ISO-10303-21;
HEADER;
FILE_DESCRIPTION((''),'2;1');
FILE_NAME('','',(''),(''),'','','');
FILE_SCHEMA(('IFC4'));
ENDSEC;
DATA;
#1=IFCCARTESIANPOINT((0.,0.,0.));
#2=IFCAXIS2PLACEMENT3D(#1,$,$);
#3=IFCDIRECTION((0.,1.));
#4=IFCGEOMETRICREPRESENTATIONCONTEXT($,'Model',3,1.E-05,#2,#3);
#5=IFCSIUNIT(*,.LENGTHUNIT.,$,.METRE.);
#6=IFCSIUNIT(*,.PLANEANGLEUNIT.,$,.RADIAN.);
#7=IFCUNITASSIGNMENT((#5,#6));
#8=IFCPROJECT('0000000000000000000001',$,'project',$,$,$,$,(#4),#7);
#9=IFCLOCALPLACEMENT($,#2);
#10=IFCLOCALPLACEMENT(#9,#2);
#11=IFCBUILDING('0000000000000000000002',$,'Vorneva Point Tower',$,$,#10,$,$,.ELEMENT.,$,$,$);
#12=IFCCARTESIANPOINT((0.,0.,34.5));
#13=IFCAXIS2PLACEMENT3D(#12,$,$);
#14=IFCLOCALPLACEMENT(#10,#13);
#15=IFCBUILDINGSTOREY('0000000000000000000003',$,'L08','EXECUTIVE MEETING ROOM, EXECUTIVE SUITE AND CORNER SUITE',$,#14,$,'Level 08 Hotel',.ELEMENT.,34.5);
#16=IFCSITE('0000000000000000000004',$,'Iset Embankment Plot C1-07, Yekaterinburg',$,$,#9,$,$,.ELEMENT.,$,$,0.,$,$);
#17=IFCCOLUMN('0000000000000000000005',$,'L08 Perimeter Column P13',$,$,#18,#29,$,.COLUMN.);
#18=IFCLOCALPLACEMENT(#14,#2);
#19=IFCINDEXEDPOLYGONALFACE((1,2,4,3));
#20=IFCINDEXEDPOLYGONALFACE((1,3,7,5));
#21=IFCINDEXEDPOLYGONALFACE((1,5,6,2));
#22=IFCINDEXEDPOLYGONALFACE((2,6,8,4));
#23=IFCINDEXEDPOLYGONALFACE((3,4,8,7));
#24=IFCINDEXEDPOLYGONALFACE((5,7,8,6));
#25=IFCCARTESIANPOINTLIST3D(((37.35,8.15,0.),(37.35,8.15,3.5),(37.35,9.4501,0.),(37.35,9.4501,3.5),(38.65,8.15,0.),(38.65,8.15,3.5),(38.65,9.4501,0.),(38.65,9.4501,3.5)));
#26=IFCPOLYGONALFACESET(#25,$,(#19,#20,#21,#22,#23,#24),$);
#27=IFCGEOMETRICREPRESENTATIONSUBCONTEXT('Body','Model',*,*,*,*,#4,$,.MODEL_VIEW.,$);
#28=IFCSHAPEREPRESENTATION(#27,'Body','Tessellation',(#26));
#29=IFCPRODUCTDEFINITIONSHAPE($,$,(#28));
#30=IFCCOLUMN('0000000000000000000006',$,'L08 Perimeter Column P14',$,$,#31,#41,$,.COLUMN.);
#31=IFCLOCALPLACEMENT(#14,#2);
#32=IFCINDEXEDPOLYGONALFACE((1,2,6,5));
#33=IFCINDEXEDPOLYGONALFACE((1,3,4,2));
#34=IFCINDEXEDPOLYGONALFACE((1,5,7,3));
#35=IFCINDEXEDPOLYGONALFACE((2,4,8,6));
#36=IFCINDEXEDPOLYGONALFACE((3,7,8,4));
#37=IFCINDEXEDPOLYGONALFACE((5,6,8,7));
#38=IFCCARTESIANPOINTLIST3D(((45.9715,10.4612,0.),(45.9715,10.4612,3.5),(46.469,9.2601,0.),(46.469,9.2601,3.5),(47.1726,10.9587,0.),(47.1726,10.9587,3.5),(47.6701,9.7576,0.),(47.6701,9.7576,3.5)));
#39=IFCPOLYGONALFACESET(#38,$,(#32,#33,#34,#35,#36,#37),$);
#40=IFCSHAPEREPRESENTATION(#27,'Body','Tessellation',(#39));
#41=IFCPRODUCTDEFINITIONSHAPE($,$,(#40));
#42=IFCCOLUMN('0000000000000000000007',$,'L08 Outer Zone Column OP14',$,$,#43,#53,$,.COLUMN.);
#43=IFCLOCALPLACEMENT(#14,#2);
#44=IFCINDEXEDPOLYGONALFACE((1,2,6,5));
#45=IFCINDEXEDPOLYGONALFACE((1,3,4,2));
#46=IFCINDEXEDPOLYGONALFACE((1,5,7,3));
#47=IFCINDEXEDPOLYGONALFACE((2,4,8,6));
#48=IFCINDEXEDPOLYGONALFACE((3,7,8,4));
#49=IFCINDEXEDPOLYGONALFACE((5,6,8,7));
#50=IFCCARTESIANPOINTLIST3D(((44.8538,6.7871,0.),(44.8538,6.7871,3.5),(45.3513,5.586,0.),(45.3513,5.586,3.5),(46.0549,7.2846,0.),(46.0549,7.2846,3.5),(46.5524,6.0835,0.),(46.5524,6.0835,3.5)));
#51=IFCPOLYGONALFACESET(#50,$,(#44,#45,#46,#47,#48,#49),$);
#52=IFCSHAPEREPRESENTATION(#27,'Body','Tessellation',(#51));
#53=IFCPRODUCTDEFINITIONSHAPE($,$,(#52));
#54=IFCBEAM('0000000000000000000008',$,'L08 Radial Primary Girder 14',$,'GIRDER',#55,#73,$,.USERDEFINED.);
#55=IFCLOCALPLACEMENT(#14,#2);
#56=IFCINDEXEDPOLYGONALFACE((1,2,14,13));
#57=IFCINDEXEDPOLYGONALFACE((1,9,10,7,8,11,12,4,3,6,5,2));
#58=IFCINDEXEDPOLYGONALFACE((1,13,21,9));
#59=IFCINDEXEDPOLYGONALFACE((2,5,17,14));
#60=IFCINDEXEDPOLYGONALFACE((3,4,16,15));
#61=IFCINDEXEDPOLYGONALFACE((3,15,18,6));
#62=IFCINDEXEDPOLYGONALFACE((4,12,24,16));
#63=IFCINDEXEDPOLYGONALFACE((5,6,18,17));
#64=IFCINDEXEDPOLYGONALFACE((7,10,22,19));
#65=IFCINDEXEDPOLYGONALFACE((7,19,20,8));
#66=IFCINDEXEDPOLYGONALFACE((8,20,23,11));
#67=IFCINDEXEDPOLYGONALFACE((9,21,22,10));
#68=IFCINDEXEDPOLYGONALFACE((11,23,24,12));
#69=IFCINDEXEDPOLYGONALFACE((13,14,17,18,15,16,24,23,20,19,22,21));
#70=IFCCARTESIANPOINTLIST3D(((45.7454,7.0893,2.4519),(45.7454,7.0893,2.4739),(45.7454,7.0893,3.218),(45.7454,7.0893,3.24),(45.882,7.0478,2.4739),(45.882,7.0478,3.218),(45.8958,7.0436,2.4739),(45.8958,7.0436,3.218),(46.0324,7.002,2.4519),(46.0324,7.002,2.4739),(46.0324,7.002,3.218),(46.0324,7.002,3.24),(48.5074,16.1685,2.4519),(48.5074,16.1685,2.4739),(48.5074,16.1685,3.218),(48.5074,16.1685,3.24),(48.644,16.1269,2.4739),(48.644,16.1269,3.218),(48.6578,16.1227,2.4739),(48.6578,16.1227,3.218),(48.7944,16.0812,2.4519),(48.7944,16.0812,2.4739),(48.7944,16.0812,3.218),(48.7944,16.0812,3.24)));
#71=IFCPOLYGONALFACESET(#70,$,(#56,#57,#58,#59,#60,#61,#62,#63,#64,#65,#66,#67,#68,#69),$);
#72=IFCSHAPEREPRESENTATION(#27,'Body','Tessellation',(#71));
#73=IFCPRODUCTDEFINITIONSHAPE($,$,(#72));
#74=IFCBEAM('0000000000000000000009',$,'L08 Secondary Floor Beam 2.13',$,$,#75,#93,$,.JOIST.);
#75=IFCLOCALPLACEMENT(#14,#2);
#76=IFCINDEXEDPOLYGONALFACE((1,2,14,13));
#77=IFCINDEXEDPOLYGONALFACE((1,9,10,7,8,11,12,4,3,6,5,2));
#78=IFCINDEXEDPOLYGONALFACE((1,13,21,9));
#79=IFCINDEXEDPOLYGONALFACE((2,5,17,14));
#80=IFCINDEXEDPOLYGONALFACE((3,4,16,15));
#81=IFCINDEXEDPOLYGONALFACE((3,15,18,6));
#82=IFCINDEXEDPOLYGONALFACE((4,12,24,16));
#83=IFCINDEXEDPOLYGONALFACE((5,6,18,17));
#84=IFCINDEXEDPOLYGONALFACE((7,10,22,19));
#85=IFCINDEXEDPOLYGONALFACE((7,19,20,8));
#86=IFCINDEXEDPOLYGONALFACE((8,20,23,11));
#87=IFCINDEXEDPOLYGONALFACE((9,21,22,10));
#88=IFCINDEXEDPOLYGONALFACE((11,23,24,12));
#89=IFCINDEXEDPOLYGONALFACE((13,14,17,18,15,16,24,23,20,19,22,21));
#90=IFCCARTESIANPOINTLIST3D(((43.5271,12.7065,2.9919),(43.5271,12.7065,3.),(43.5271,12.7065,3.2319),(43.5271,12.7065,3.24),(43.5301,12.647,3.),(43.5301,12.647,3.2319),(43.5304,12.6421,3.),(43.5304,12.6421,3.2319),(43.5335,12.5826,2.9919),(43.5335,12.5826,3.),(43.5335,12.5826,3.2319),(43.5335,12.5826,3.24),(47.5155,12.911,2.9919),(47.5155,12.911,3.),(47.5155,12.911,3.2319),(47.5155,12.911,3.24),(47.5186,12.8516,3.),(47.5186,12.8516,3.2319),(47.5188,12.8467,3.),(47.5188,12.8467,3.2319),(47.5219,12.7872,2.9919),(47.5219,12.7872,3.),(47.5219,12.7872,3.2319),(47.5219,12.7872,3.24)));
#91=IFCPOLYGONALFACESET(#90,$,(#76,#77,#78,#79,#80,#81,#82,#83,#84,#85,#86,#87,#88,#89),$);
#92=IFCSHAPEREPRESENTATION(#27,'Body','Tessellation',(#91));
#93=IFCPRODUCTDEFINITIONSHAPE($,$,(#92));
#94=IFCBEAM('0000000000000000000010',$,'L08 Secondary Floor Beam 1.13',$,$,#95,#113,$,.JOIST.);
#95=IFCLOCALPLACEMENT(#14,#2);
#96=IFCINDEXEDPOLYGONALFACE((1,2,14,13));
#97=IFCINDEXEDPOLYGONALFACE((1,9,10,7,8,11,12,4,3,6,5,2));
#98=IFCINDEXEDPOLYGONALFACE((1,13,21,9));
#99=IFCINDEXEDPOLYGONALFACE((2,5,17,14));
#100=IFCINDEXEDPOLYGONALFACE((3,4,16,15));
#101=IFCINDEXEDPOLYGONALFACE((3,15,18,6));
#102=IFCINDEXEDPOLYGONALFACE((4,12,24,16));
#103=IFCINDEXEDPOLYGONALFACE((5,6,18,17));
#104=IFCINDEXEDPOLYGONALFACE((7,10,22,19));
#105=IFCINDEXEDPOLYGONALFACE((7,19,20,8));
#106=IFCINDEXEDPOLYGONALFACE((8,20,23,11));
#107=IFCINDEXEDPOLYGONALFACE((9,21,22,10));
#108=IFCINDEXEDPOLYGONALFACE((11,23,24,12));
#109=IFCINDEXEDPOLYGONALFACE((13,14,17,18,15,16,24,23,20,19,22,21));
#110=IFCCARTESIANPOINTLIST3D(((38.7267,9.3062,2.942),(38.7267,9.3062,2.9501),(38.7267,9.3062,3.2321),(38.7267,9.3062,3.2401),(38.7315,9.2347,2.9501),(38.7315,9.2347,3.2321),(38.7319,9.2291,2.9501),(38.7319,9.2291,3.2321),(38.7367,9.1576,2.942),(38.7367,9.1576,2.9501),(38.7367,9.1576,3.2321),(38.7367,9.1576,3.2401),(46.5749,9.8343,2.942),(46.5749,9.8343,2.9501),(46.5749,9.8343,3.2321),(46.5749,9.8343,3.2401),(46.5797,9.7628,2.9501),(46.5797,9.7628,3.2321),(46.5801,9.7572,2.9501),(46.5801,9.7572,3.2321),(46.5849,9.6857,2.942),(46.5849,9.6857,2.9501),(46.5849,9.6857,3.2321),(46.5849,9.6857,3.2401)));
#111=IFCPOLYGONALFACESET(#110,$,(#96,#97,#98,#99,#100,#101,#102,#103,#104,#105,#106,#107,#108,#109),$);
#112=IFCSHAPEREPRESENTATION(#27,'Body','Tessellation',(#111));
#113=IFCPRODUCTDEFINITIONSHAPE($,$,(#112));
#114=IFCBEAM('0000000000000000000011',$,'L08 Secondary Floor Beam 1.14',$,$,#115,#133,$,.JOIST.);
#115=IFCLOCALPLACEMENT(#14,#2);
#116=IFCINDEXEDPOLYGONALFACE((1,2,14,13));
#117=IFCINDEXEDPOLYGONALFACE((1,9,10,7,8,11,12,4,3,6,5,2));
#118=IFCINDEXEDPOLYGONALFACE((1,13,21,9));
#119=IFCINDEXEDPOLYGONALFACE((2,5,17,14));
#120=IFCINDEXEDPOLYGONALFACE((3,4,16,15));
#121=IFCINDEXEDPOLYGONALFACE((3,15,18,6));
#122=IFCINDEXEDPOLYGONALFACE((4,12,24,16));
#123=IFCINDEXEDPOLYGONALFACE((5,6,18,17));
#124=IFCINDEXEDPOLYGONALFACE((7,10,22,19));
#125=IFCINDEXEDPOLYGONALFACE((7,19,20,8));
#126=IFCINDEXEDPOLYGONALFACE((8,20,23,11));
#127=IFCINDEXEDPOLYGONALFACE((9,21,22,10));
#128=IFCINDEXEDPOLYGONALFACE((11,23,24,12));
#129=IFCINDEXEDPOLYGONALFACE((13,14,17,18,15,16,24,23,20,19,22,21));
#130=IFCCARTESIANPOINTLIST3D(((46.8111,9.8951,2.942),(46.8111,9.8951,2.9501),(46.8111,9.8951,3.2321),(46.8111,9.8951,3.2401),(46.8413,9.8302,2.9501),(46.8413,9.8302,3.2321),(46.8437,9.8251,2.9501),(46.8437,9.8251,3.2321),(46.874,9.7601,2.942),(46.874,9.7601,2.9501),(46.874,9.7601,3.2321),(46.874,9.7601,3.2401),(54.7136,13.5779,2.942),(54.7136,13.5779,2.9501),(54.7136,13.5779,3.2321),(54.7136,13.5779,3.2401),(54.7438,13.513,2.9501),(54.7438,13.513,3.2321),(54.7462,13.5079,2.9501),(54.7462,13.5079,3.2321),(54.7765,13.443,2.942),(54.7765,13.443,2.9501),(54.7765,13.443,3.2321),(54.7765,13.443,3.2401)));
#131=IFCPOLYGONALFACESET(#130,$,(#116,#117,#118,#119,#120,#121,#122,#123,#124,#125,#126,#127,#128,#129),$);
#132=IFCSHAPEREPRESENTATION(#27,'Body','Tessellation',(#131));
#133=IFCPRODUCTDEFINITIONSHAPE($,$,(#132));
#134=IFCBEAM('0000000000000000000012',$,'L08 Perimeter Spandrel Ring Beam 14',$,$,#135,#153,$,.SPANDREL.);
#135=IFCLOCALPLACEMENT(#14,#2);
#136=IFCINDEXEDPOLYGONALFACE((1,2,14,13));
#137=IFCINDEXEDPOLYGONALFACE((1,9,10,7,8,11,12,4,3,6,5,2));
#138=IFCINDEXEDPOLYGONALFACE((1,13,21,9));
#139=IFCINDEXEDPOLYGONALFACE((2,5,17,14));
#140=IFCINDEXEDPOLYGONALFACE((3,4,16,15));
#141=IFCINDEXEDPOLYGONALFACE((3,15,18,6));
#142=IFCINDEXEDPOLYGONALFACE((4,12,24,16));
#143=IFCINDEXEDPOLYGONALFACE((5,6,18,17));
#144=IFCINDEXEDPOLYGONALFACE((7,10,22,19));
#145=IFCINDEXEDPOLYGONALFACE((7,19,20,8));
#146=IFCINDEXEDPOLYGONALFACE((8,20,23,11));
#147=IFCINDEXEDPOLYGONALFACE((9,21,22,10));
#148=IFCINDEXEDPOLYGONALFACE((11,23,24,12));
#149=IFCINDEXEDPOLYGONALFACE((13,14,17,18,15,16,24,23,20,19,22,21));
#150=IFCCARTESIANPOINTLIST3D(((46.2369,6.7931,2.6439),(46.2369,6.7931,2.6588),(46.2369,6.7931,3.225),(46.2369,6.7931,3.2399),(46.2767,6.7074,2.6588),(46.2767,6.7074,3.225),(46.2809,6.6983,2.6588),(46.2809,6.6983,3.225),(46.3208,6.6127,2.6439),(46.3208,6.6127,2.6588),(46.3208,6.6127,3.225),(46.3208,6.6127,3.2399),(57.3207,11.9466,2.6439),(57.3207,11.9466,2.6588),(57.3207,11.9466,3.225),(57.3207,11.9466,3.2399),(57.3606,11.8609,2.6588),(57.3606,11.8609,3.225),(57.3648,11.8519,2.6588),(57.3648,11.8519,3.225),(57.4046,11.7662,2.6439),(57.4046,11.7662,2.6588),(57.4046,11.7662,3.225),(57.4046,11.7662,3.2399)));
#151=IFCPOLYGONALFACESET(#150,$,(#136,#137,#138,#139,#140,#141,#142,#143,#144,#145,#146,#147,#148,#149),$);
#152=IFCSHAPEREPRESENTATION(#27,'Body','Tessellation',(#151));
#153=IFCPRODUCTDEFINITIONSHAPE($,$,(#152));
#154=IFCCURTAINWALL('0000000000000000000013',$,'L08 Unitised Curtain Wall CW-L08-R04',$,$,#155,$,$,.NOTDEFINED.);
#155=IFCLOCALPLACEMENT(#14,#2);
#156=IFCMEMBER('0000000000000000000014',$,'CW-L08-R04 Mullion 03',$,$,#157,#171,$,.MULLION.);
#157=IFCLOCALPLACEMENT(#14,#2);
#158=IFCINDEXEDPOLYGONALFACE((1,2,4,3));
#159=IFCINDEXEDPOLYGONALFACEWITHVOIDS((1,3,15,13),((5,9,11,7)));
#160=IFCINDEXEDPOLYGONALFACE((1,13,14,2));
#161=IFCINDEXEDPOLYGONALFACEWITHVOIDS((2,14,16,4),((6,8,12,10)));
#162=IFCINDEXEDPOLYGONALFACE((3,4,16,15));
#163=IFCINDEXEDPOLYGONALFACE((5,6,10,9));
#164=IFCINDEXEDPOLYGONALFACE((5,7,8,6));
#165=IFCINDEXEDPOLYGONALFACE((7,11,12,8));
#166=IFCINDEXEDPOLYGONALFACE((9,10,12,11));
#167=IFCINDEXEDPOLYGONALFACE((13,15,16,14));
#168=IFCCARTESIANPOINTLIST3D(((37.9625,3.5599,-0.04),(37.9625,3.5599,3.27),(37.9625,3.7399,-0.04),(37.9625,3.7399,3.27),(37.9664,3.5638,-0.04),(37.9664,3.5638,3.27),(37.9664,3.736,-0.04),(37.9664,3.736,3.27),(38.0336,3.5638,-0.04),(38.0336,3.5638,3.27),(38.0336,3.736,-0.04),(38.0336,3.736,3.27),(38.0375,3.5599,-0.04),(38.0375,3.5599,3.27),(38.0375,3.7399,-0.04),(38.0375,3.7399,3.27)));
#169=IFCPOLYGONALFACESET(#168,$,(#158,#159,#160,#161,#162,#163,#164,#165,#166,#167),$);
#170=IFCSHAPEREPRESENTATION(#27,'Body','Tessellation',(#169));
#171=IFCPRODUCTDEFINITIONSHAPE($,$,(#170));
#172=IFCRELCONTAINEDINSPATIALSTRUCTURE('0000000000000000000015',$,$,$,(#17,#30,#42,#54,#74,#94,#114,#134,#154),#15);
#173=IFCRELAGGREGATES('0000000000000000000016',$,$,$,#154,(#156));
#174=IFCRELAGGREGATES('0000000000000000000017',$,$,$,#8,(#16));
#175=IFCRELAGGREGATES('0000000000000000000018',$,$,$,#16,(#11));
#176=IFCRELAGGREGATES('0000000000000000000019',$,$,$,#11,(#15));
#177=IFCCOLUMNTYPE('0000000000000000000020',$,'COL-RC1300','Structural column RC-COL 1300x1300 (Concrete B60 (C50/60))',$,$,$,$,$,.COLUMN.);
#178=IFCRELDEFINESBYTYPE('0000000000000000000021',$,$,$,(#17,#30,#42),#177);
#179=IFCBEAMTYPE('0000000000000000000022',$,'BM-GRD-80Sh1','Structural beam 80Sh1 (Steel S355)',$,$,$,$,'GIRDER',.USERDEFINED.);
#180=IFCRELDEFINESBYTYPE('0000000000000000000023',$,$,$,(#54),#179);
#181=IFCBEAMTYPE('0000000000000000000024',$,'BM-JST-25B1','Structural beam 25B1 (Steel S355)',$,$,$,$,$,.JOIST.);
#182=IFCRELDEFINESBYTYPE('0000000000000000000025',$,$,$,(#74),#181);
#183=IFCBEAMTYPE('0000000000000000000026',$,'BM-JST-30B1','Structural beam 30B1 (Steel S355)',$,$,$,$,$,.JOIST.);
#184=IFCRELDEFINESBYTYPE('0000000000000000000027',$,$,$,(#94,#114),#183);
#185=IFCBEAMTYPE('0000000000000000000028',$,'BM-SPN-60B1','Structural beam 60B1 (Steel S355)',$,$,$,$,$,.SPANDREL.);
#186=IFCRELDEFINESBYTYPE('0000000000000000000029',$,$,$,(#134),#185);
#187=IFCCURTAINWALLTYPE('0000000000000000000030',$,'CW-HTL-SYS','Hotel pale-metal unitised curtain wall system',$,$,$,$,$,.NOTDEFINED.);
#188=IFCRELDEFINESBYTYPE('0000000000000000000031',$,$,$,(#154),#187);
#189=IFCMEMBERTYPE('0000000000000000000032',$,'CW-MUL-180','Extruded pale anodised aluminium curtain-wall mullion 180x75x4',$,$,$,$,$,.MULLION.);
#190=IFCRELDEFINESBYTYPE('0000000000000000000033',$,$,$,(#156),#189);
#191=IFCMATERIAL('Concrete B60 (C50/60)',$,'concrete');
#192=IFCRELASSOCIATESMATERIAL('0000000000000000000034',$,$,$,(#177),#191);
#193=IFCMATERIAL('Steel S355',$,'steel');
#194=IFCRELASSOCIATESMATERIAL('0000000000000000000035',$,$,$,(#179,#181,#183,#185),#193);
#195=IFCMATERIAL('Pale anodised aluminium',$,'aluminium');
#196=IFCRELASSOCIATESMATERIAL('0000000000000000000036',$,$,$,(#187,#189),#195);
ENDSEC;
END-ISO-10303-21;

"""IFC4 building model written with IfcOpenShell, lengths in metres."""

from ifc_helpers import new_model, si_unit, direction, frame, origin, origin_2d, place, context, subcontext, project, spatial, rectangle, hollow_rectangle, i_section, extrude, material, material_profile, profile_set, type_object, element, aggregate, save


model = new_model("IFC4")

# Units and contexts
model_context = context("Model", 3, precision=1e-05, world=origin(), true_north=direction((0.0, 1.0)))
body_context = subcontext(model_context, "Body", "Model", "MODEL_VIEW")
ifc_project = project(units=[si_unit("LENGTHUNIT", "METRE"), si_unit("PLANEANGLEUNIT", "RADIAN")], contexts=[model_context])

# Site, building, storey
site_placement = place(None, origin())
site = spatial("IfcSite", under=ifc_project, at=site_placement, Name="Iset Embankment Plot C1-07, Yekaterinburg", CompositionType="ELEMENT", RefElevation=0.0)
building_placement = place(site_placement, origin())
building = spatial("IfcBuilding", under=site, at=building_placement, Name="Vorneva Point Tower", CompositionType="ELEMENT")
storey_placement = place(building_placement, frame((0.0, 0.0, 34.5)))
storey = spatial("IfcBuildingStorey", under=building, at=storey_placement, Name="L08", Description="EXECUTIVE MEETING ROOM, EXECUTIVE SUITE AND CORNER SUITE", LongName="Level 08 Hotel", CompositionType="ELEMENT", Elevation=34.5)

# Columns
ifc_material_1 = material(Name="Concrete B60 (C50/60)", Category="concrete")
ifc_material_profile_1 = material_profile(ifc_material_1, rectangle(XDim=1.3, YDim=1.3, at=origin_2d()), Name="RC-COL 1300x1300")
ifc_profile_set_1 = profile_set([ifc_material_profile_1], Name="Concrete B60 (C50/60)")
column_type = type_object("IfcColumnType", Name="COL-RC1300", Description="Structural column RC-COL 1300x1300 (Concrete B60 (C50/60))", PredefinedType="COLUMN", material=ifc_profile_set_1)
for number, where, z_axis, x_axis, name in (
    (1, (38.0, 8.8, 0.0), (0.0, 0.0, 1.0), (0.0, -1.0, 0.0), "L08 Perimeter Column P13"),
    (2, (46.8208, 10.1094, 0.0), (0.0, 0.0, 1.0), (0.382683, -0.92388, 0.0), "L08 Perimeter Column P14"),
    (3, (45.7031, 6.4353, 0.0), (0.0, 0.0, 1.0), (0.382683, -0.92388, 0.0), "L08 Outer Zone Column OP14"),
):
    element("IfcColumn", number, at=place(storey_placement, frame(where, z_axis=z_axis, x_axis=x_axis)), inside=storey, type_object=column_type, Name=name, PredefinedType="COLUMN", context=body_context, shape_type="SweptSolid", body=[
        extrude(rectangle(XDim=1.3, YDim=1.3, at=origin_2d()), origin(), (0.0, 0.0, 1.0), 3.5),
    ])

# Beams
ifc_material_2 = material(Name="Steel S355", Category="steel")
ifc_material_profile_2 = material_profile(ifc_material_2, i_section(OverallWidth=0.3, OverallDepth=0.7881, WebThickness=0.0144, FlangeThickness=0.022, at=origin_2d()), Name="80Sh1")
ifc_profile_set_2 = profile_set([ifc_material_profile_2], Name="Steel S355")
beam_type_1 = type_object("IfcBeamType", Name="BM-GRD-80Sh1", Description="Structural beam 80Sh1 (Steel S355)", ElementType="GIRDER", PredefinedType="USERDEFINED", material=ifc_profile_set_2)
beam_1_placement = place(storey_placement, frame((45.8889, 7.0457, 2.8459), z_axis=(0.291042, 0.95671, 0.0), x_axis=(-0.95671, 0.291042, 0.0)))
element("IfcBeam", 4, at=beam_1_placement, inside=storey, type_object=beam_type_1, Name="L08 Radial Primary Girder 14", ObjectType="GIRDER", PredefinedType="USERDEFINED", context=body_context, shape_type="SweptSolid", body=[
    extrude(i_section(OverallWidth=0.3, OverallDepth=0.7881, WebThickness=0.0144, FlangeThickness=0.022, at=origin_2d()), origin(), (0.0, 0.0, 1.0), 9.49),
])
ifc_material_profile_3 = material_profile(ifc_material_2, i_section(OverallWidth=0.124, OverallDepth=0.248, WebThickness=0.0049, FlangeThickness=0.0081, at=origin_2d()), Name="25B1")
ifc_profile_set_3 = profile_set([ifc_material_profile_3], Name="Steel S355")
beam_type_2 = type_object("IfcBeamType", Name="BM-JST-25B1", Description="Structural beam 25B1 (Steel S355)", PredefinedType="JOIST", material=ifc_profile_set_3)
beam_2_placement = place(storey_placement, frame((43.5303, 12.6445, 3.116), z_axis=(0.998687, 0.051227, 0.0), x_axis=(-0.051227, 0.998687, 0.0)))
element("IfcBeam", 5, at=beam_2_placement, inside=storey, type_object=beam_type_2, Name="L08 Secondary Floor Beam 2.13", PredefinedType="JOIST", context=body_context, shape_type="SweptSolid", body=[
    extrude(i_section(OverallWidth=0.124, OverallDepth=0.248, WebThickness=0.0049, FlangeThickness=0.0081, at=origin_2d()), origin(), (0.0, 0.0, 1.0), 3.9937),
])
ifc_material_profile_4 = material_profile(ifc_material_2, i_section(OverallWidth=0.1489, OverallDepth=0.2981, WebThickness=0.0056, FlangeThickness=0.0081, at=origin_2d()), Name="30B1")
ifc_profile_set_4 = profile_set([ifc_material_profile_4], Name="Steel S355")
beam_type_3 = type_object("IfcBeamType", Name="BM-JST-30B1", Description="Structural beam 30B1 (Steel S355)", PredefinedType="JOIST", material=ifc_profile_set_4)
beam_3_placement = place(storey_placement, frame((38.7317, 9.2319, 3.0911), z_axis=(0.997744, 0.067135, 0.0), x_axis=(-0.067135, 0.997744, 0.0)))
element("IfcBeam", 6, at=beam_3_placement, inside=storey, type_object=beam_type_3, Name="L08 Secondary Floor Beam 1.13", PredefinedType="JOIST", context=body_context, shape_type="SweptSolid", body=[
    extrude(i_section(OverallWidth=0.1489, OverallDepth=0.2981, WebThickness=0.0056, FlangeThickness=0.0081, at=origin_2d()), origin(), (0.0, 0.0, 1.0), 7.866),
])
beam_4_placement = place(storey_placement, frame((46.8425, 9.8276, 3.0911), z_axis=(0.906403, 0.422413, 0.0), x_axis=(-0.422413, 0.906403, 0.0)))
element("IfcBeam", 7, at=beam_4_placement, inside=storey, type_object=beam_type_3, Name="L08 Secondary Floor Beam 1.14", PredefinedType="JOIST", context=body_context, shape_type="SweptSolid", body=[
    extrude(i_section(OverallWidth=0.1489, OverallDepth=0.2981, WebThickness=0.0056, FlangeThickness=0.0081, at=origin_2d()), origin(), (0.0, 0.0, 1.0), 8.7185),
])
ifc_material_profile_5 = material_profile(ifc_material_2, i_section(OverallWidth=0.199, OverallDepth=0.5959, WebThickness=0.01, FlangeThickness=0.0149, at=origin_2d()), Name="60B1")
ifc_profile_set_5 = profile_set([ifc_material_profile_5], Name="Steel S355")
beam_type_4 = type_object("IfcBeamType", Name="BM-SPN-60B1", Description="Structural beam 60B1 (Steel S355)", PredefinedType="SPANDREL", material=ifc_profile_set_5)
beam_5_placement = place(storey_placement, frame((46.2788, 6.7029, 2.9419), z_axis=(0.906777, 0.421611, 0.0), x_axis=(-0.421611, 0.906777, 0.0)))
element("IfcBeam", 8, at=beam_5_placement, inside=storey, type_object=beam_type_4, Name="L08 Perimeter Spandrel Ring Beam 14", PredefinedType="SPANDREL", context=body_context, shape_type="SweptSolid", body=[
    extrude(i_section(OverallWidth=0.199, OverallDepth=0.5959, WebThickness=0.01, FlangeThickness=0.0149, at=origin_2d()), origin(), (0.0, 0.0, 1.0), 12.2234),
])

# Curtain wall, member
ifc_material_3 = material(Name="Pale anodised aluminium", Category="aluminium")
curtain_wall_type = type_object("IfcCurtainWallType", Name="CW-HTL-SYS", Description="Hotel pale-metal unitised curtain wall system", PredefinedType="NOTDEFINED", material=ifc_material_3)
curtain_wall_placement = place(storey_placement, origin())
curtain_wall = element("IfcCurtainWall", 9, at=curtain_wall_placement, inside=storey, type_object=curtain_wall_type, Name="L08 Unitised Curtain Wall CW-L08-R04", PredefinedType="NOTDEFINED")
ifc_material_profile_6 = material_profile(ifc_material_3, hollow_rectangle(XDim=0.075, YDim=0.1799, WallThickness=0.0039, at=origin_2d()), Name="AL-MUL 180x75x4")
ifc_profile_set_6 = profile_set([ifc_material_profile_6], Name="Pale anodised aluminium")
member_type_1 = type_object("IfcMemberType", Name="CW-MUL-180", Description="Extruded pale anodised aluminium curtain-wall mullion 180x75x4", PredefinedType="MULLION", material=ifc_profile_set_6)
member_1_placement = place(storey_placement, frame((38.0, 3.6499, -0.04), z_axis=(0.0, 0.0, 1.0), x_axis=(1.0, 0.0, 0.0)))
member_1 = element("IfcMember", 10, at=member_1_placement, type_object=member_type_1, Name="CW-L08-R04 Mullion 03", PredefinedType="MULLION", context=body_context, shape_type="SweptSolid", body=[
    extrude(hollow_rectangle(XDim=0.075, YDim=0.1799, WallThickness=0.0039, at=origin_2d()), origin(), (0.0, 0.0, 1.0), 3.3101),
])
aggregate(curtain_wall, [member_1])

save(model, "model.ifc")
